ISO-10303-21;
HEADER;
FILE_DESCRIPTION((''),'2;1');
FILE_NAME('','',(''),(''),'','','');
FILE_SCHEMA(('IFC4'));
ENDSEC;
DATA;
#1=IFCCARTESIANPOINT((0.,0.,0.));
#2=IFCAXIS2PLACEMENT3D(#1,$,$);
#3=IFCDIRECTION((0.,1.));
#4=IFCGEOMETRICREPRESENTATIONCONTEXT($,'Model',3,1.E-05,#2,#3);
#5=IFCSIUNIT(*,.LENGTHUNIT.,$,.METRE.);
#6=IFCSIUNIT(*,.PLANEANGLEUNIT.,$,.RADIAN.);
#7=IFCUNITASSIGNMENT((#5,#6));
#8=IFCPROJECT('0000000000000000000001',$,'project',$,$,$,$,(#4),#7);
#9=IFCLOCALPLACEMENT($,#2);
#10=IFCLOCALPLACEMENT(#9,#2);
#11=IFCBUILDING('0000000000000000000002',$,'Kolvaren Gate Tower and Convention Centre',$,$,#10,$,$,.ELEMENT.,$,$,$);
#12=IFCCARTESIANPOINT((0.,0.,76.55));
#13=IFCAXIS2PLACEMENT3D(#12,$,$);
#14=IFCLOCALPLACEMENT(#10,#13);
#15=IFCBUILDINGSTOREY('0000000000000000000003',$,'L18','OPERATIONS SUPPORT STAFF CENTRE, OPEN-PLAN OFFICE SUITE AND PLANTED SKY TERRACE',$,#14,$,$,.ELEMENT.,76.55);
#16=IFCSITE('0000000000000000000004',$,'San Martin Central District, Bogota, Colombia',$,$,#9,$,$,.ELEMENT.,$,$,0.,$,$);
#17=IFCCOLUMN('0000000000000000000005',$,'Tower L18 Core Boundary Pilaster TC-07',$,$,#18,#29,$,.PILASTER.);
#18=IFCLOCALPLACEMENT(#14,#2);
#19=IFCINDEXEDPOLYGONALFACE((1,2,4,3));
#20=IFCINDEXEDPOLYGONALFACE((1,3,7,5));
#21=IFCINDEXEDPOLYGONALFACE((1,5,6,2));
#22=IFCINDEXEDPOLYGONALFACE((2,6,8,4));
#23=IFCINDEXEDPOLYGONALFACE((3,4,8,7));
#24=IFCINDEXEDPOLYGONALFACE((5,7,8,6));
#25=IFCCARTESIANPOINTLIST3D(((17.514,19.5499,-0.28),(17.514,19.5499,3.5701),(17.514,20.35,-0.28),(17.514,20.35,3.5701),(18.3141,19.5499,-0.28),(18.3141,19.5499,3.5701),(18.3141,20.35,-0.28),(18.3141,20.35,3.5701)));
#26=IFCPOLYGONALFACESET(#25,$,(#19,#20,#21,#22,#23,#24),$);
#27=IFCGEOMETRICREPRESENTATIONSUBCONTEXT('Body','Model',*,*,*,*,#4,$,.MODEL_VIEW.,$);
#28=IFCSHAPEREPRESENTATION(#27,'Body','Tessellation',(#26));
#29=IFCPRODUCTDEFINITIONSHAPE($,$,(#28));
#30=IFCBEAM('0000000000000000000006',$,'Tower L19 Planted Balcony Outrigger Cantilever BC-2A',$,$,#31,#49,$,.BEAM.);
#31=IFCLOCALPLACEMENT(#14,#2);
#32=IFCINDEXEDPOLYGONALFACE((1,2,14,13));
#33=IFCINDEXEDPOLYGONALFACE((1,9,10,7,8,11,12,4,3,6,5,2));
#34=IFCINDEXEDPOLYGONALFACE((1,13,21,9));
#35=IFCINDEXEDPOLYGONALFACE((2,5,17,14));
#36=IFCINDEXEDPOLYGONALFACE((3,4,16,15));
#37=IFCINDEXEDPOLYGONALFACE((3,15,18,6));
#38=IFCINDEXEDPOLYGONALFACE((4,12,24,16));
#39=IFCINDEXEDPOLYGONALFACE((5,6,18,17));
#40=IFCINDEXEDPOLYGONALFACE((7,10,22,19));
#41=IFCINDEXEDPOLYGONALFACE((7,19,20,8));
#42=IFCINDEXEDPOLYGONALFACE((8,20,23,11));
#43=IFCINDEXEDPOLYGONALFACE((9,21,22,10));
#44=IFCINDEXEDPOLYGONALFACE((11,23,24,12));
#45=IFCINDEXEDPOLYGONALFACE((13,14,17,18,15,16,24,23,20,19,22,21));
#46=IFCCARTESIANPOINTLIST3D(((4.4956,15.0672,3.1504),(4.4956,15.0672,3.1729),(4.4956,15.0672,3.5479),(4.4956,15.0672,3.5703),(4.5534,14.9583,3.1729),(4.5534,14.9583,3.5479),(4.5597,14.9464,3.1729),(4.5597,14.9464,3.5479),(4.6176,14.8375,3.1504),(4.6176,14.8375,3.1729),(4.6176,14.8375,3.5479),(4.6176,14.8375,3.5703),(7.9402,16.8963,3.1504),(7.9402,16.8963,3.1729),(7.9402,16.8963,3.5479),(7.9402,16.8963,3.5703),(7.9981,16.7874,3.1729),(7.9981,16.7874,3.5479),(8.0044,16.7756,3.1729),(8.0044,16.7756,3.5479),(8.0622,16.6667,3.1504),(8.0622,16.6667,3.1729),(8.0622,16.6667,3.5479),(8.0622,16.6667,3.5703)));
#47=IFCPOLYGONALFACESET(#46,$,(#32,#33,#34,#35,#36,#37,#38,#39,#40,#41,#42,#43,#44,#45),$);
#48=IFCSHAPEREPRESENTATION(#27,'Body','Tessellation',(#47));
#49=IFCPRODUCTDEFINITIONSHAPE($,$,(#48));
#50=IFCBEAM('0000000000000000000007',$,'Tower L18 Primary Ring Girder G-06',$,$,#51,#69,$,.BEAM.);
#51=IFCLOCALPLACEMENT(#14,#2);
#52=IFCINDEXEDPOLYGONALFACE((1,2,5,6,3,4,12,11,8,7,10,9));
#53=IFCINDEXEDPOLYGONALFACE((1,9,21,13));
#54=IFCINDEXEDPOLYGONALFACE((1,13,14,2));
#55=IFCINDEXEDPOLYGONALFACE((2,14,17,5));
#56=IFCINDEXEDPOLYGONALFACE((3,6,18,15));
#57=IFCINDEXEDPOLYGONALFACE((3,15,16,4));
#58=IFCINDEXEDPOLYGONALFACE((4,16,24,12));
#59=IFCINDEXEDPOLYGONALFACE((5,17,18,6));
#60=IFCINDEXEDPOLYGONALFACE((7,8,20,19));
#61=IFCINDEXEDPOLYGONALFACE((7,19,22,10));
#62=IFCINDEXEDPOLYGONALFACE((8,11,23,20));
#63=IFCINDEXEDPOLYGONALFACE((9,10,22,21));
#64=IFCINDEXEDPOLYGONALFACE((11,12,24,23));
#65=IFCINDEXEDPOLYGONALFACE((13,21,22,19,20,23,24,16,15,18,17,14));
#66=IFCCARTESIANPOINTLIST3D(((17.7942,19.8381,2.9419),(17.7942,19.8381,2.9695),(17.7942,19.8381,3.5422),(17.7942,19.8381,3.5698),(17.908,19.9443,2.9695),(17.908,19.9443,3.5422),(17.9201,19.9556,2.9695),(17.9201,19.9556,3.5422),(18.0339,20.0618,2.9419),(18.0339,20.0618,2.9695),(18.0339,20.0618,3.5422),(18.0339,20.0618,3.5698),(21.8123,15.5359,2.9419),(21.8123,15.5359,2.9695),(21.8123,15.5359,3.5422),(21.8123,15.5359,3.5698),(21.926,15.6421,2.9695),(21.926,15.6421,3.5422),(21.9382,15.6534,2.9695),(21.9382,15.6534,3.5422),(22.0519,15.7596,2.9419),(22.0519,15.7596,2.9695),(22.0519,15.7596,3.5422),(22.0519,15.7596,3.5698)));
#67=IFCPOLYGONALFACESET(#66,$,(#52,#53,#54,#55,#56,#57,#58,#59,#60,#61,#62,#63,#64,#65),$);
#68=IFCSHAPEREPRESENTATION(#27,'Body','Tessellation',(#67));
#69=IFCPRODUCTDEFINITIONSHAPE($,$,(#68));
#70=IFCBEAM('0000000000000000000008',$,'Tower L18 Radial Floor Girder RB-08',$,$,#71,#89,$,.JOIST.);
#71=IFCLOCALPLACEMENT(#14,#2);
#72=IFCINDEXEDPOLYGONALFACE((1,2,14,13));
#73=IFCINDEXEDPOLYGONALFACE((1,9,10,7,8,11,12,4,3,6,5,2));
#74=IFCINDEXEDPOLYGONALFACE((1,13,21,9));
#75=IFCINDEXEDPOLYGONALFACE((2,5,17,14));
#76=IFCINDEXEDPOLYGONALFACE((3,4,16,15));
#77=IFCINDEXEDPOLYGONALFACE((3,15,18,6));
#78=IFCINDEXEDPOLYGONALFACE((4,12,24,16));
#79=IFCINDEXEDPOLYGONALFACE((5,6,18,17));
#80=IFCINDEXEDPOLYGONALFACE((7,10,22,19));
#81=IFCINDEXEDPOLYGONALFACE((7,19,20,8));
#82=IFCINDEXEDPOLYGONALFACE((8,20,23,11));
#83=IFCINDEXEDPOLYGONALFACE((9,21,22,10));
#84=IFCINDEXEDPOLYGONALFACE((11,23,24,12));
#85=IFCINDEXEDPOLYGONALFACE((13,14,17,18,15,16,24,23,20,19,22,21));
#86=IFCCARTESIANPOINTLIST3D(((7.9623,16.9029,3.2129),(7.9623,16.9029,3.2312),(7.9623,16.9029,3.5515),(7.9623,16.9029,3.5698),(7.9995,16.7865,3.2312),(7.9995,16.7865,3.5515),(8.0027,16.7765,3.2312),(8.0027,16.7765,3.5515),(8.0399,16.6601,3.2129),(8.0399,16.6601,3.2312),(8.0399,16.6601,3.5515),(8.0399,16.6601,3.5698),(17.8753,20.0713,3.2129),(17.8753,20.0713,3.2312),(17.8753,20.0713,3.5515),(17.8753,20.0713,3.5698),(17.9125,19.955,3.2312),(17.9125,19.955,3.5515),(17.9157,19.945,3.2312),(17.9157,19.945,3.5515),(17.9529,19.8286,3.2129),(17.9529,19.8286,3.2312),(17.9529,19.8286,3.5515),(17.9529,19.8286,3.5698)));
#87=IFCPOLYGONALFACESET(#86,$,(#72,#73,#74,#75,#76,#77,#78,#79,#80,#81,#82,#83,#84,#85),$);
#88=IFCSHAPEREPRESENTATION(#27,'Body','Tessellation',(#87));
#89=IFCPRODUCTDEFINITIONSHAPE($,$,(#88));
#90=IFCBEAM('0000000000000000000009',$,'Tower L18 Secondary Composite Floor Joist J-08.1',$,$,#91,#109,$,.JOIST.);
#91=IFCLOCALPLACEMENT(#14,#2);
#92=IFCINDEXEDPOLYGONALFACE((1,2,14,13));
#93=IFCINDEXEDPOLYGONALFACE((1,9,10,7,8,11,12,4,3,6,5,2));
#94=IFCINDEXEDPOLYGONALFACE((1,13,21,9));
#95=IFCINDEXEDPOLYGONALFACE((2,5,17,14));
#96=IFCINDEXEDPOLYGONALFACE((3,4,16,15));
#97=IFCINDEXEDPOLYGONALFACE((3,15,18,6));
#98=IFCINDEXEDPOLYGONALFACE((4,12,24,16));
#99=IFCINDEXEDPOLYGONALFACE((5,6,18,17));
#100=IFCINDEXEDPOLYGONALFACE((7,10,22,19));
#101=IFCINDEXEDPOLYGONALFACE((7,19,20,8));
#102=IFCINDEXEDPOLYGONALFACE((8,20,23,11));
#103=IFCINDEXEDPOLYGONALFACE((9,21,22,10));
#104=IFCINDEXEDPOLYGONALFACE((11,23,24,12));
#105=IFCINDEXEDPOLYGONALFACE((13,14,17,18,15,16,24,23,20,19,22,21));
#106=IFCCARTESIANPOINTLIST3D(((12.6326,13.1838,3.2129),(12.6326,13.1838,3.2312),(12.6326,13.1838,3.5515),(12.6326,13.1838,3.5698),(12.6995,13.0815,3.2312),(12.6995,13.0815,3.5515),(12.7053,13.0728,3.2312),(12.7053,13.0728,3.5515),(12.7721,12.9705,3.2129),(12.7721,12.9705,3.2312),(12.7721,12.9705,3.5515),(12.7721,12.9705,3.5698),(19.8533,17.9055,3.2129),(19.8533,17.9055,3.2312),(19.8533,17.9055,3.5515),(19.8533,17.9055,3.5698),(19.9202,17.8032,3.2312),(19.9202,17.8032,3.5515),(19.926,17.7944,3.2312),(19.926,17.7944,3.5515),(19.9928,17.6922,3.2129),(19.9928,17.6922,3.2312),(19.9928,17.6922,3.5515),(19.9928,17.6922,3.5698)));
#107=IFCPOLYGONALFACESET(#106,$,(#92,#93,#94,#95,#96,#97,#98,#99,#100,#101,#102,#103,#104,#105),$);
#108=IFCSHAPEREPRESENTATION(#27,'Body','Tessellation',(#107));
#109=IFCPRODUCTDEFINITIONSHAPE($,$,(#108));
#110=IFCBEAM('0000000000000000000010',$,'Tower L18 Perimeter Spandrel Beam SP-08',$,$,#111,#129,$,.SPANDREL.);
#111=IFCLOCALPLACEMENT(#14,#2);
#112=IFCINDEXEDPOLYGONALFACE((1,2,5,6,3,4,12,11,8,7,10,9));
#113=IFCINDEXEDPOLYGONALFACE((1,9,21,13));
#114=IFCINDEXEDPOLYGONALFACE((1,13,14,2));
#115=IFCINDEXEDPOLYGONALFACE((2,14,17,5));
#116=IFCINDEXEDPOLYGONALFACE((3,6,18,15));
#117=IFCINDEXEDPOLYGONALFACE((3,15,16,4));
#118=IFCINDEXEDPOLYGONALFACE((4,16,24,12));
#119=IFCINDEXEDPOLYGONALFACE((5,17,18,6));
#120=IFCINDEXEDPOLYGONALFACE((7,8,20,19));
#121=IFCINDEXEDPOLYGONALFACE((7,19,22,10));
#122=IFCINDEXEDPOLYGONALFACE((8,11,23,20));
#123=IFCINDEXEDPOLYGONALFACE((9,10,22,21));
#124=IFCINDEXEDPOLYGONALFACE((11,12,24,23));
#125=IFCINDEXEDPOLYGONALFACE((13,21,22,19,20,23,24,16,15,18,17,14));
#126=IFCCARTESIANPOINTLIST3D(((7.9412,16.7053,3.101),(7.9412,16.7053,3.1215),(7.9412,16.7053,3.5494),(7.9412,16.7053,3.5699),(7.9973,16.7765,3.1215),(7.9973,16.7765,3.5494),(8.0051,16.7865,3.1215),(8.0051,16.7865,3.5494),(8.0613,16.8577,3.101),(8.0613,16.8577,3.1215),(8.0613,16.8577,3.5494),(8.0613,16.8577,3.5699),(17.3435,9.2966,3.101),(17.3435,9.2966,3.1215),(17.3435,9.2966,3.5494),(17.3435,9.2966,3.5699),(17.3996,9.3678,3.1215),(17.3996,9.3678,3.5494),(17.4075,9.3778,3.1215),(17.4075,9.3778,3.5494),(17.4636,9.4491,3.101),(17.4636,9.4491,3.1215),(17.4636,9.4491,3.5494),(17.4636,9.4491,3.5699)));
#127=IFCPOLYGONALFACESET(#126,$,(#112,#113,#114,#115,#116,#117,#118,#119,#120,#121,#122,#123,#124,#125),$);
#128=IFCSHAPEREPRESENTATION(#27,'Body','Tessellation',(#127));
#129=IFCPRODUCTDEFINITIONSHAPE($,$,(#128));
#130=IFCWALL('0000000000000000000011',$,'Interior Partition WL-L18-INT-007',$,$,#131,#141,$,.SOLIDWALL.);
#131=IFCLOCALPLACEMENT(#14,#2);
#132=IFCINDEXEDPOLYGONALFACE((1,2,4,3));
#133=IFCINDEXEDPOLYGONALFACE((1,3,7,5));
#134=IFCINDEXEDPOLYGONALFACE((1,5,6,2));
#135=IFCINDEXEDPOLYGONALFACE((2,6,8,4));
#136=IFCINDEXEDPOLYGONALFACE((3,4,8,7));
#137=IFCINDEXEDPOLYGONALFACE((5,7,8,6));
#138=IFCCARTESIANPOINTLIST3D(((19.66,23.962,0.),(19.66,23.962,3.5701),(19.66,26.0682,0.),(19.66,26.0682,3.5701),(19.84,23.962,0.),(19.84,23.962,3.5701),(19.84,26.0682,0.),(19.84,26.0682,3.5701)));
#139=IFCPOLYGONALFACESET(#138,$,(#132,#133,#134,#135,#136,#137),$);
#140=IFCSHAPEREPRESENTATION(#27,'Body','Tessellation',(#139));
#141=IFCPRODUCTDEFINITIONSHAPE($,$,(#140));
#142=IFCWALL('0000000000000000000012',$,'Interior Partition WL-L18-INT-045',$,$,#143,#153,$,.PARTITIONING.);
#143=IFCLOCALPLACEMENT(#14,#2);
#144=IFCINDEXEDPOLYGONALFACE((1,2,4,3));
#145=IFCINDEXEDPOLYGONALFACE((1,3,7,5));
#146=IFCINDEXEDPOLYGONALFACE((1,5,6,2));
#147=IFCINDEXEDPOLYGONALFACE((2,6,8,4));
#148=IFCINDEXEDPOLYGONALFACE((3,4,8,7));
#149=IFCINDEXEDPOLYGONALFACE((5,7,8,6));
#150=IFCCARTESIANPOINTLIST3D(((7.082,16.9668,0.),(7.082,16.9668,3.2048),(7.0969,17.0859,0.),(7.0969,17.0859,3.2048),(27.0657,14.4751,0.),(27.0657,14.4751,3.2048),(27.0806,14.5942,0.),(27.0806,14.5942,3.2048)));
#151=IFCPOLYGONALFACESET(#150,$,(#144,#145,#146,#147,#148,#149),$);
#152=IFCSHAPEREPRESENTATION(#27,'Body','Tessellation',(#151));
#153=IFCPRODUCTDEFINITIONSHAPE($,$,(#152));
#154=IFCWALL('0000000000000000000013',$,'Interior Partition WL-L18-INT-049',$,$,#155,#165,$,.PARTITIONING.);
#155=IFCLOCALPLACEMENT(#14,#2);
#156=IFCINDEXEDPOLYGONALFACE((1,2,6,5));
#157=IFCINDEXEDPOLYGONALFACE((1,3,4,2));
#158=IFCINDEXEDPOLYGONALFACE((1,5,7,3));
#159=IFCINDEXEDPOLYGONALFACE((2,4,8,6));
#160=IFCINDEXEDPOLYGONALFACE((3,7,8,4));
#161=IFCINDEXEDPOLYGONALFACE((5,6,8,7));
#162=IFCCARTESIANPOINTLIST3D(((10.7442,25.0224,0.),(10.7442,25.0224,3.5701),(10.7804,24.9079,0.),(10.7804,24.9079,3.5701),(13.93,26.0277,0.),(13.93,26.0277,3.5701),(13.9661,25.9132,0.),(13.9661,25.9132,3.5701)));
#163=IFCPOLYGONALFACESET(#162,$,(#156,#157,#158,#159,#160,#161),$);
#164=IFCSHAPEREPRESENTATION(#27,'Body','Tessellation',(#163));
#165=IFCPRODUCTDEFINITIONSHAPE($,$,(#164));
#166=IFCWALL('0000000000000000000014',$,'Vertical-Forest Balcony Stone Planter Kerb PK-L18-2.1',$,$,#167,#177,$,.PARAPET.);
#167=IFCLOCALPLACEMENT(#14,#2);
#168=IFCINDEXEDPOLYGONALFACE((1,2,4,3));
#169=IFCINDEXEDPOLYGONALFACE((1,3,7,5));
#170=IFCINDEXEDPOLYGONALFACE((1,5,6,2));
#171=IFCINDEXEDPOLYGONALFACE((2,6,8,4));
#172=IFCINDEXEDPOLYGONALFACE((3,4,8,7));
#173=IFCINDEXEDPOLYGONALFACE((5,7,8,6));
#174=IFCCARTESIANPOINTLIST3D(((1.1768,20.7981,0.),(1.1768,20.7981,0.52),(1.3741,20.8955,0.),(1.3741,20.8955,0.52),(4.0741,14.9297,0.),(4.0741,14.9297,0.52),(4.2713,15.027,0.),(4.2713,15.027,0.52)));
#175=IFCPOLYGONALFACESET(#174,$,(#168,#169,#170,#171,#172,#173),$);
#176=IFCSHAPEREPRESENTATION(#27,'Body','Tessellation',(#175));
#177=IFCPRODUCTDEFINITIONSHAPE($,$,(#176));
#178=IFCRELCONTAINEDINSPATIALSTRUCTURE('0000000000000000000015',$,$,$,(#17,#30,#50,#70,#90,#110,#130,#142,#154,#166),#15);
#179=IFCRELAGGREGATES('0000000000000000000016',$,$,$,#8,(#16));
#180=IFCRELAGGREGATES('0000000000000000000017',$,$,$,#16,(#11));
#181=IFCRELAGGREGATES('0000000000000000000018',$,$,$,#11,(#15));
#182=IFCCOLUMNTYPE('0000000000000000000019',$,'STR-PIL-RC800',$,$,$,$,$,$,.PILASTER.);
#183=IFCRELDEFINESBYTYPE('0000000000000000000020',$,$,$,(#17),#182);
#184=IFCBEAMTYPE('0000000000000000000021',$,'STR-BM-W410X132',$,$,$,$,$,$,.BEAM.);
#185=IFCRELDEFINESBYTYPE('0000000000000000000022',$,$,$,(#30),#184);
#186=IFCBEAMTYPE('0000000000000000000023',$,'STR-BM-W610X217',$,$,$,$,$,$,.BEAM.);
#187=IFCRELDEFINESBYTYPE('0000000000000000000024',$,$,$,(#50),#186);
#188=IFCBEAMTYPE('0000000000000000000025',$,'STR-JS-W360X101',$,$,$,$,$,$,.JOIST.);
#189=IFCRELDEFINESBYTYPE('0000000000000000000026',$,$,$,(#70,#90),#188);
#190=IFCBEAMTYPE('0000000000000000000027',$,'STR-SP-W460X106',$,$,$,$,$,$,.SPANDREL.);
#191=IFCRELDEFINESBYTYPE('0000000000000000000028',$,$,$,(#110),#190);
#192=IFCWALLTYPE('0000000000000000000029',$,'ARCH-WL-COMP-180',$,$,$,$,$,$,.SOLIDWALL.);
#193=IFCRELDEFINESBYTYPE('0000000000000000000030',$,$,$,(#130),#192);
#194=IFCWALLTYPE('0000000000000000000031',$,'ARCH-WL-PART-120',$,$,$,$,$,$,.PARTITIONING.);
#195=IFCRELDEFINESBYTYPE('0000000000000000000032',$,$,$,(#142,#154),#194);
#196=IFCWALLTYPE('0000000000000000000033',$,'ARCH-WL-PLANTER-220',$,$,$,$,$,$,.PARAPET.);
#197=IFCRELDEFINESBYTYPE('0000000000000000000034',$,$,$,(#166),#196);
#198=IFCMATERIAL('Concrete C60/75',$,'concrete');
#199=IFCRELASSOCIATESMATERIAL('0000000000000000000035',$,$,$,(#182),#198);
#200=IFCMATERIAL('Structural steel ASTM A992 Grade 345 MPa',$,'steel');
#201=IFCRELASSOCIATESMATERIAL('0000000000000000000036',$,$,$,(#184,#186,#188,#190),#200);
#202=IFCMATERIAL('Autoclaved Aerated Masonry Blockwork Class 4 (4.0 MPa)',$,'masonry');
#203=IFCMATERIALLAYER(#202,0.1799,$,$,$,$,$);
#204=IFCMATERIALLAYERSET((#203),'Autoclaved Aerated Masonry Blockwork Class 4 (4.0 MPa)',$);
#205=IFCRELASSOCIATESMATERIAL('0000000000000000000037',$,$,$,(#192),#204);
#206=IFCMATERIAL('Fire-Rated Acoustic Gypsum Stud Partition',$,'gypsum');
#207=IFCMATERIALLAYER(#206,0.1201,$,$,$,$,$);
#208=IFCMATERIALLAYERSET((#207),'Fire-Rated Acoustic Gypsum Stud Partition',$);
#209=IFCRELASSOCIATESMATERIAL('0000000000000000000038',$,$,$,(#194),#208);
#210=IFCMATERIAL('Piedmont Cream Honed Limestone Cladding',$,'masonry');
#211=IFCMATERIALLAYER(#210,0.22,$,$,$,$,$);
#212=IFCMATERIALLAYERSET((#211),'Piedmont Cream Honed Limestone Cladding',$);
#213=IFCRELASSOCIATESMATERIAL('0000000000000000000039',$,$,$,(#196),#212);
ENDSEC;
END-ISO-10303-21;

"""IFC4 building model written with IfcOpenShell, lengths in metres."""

from ifc_helpers import new_model, si_unit, direction, frame, frame_2d, origin, origin_2d, place, context, subcontext, project, spatial, rectangle, i_section, extrude, material, layer, layer_set, material_profile, profile_set, type_object, element, save


model = new_model("IFC4")

# Units and contexts
model_context = context("Model", 3, precision=1e-05, world=origin(), true_north=direction((0.0, 1.0)))
body_context = subcontext(model_context, "Body", "Model", "MODEL_VIEW")
ifc_project = project(units=[si_unit("LENGTHUNIT", "METRE"), si_unit("PLANEANGLEUNIT", "RADIAN")], contexts=[model_context])

# Site, building, storey
site_placement = place(None, origin())
site = spatial("IfcSite", under=ifc_project, at=site_placement, Name="San Martin Central District, Bogota, Colombia", CompositionType="ELEMENT", RefElevation=0.0)
building_placement = place(site_placement, origin())
building = spatial("IfcBuilding", under=site, at=building_placement, Name="Kolvaren Gate Tower and Convention Centre", CompositionType="ELEMENT")
storey_placement = place(building_placement, frame((0.0, 0.0, 76.55)))
storey = spatial("IfcBuildingStorey", under=building, at=storey_placement, Name="L18", Description="OPERATIONS SUPPORT STAFF CENTRE, OPEN-PLAN OFFICE SUITE AND PLANTED SKY TERRACE", CompositionType="ELEMENT", Elevation=76.55)

# Column
ifc_material_1 = material(Name="Concrete C60/75", Category="concrete")
ifc_material_profile_1 = material_profile(ifc_material_1, rectangle(XDim=0.8, YDim=0.8, at=origin_2d()), Name="RC-COL-800X800")
ifc_profile_set_1 = profile_set([ifc_material_profile_1], Name="Concrete C60/75")
column_type = type_object("IfcColumnType", Name="STR-PIL-RC800", PredefinedType="PILASTER", material=ifc_profile_set_1)
column_placement = place(storey_placement, frame((17.9141, 19.95, -0.28), z_axis=(0.0, 0.0, 1.0), x_axis=(1.0, 0.0, 0.0)))
element("IfcColumn", 1, at=column_placement, inside=storey, type_object=column_type, Name="Tower L18 Core Boundary Pilaster TC-07", PredefinedType="PILASTER", context=body_context, shape_type="SweptSolid", body=[
    extrude(rectangle(XDim=0.8, YDim=0.8, at=origin_2d()), origin(), (0.0, 0.0, 1.0), 3.8501),
])

# Beams
ifc_material_2 = material(Name="Structural steel ASTM A992 Grade 345 MPa", Category="steel")
ifc_material_profile_2 = material_profile(ifc_material_2, i_section(OverallWidth=0.26, OverallDepth=0.4199, WebThickness=0.0134, FlangeThickness=0.0225, at=origin_2d()), Name="W410X132")
ifc_profile_set_2 = profile_set([ifc_material_profile_2], Name="Structural steel ASTM A992 Grade 345 MPa")
beam_type_1 = type_object("IfcBeamType", Name="STR-BM-W410X132", PredefinedType="BEAM", material=ifc_profile_set_2)
beam_1_placement = place(storey_placement, frame((8.0012, 16.7815, 3.3604), z_axis=(-0.883204, -0.468989, 0.0), x_axis=(0.468989, -0.883204, 0.0)))
element("IfcBeam", 2, at=beam_1_placement, inside=storey, type_object=beam_type_1, Name="Tower L19 Planted Balcony Outrigger Cantilever BC-2A", PredefinedType="BEAM", context=body_context, shape_type="SweptSolid", body=[
    extrude(i_section(OverallWidth=0.26, OverallDepth=0.4199, WebThickness=0.0134, FlangeThickness=0.0225, at=origin_2d()), origin(), (0.0, 0.0, 1.0), 3.9001),
])
ifc_material_profile_3 = material_profile(ifc_material_2, i_section(OverallWidth=0.3279, OverallDepth=0.6279, WebThickness=0.0166, FlangeThickness=0.0276, at=origin_2d()), Name="W610X217")
ifc_profile_set_3 = profile_set([ifc_material_profile_3], Name="Structural steel ASTM A992 Grade 345 MPa")
beam_type_2 = type_object("IfcBeamType", Name="STR-BM-W610X217", PredefinedType="BEAM", material=ifc_profile_set_3)
beam_2_placement = place(storey_placement, frame((17.9141, 19.95, 3.2559), z_axis=(0.682558, -0.730832, 0.0), x_axis=(0.730832, 0.682558, 0.0)))
element("IfcBeam", 3, at=beam_2_placement, inside=storey, type_object=beam_type_2, Name="Tower L18 Primary Ring Girder G-06", PredefinedType="BEAM", context=body_context, shape_type="SweptSolid", body=[
    extrude(i_section(OverallWidth=0.3279, OverallDepth=0.6279, WebThickness=0.0166, FlangeThickness=0.0276, at=origin_2d()), origin(), (0.0, 0.0, 1.0), 5.8867),
])
ifc_material_profile_4 = material_profile(ifc_material_2, i_section(OverallWidth=0.2549, OverallDepth=0.3569, WebThickness=0.0105, FlangeThickness=0.0183, at=origin_2d()), Name="W360X101")
ifc_profile_set_4 = profile_set([ifc_material_profile_4], Name="Structural steel ASTM A992 Grade 345 MPa")
beam_type_3 = type_object("IfcBeamType", Name="STR-JS-W360X101", PredefinedType="JOIST", material=ifc_profile_set_4)
beam_3_placement = place(storey_placement, frame((17.9141, 19.95, 3.3914), z_axis=(-0.952526, -0.304457, 0.0), x_axis=(0.304457, -0.952526, 0.0)))
element("IfcBeam", 4, at=beam_3_placement, inside=storey, type_object=beam_type_3, Name="Tower L18 Radial Floor Girder RB-08", PredefinedType="JOIST", context=body_context, shape_type="SweptSolid", body=[
    extrude(i_section(OverallWidth=0.2549, OverallDepth=0.3569, WebThickness=0.0105, FlangeThickness=0.0183, at=origin_2d()), origin(), (0.0, 0.0, 1.0), 10.407),
])
beam_4_placement = place(storey_placement, frame((19.9231, 17.7988, 3.3914), z_axis=(-0.836946, -0.547286, 0.0), x_axis=(0.547286, -0.836946, 0.0)))
element("IfcBeam", 5, at=beam_4_placement, inside=storey, type_object=beam_type_3, Name="Tower L18 Secondary Composite Floor Joist J-08.1", PredefinedType="JOIST", context=body_context, shape_type="SweptSolid", body=[
    extrude(i_section(OverallWidth=0.2549, OverallDepth=0.3569, WebThickness=0.0105, FlangeThickness=0.0183, at=origin_2d()), origin(), (0.0, 0.0, 1.0), 8.6274),
])
ifc_material_profile_5 = material_profile(ifc_material_2, i_section(OverallWidth=0.1941, OverallDepth=0.469, WebThickness=0.0127, FlangeThickness=0.0205, at=origin_2d()), Name="W460X106")
ifc_profile_set_5 = profile_set([ifc_material_profile_5], Name="Structural steel ASTM A992 Grade 345 MPa")
beam_type_4 = type_object("IfcBeamType", Name="STR-SP-W460X106", PredefinedType="SPANDREL", material=ifc_profile_set_5)
beam_5_placement = place(storey_placement, frame((8.0012, 16.7815, 3.3354), z_axis=(0.78546, -0.618913, 0.0), x_axis=(0.618913, 0.78546, 0.0)))
element("IfcBeam", 6, at=beam_5_placement, inside=storey, type_object=beam_type_4, Name="Tower L18 Perimeter Spandrel Beam SP-08", PredefinedType="SPANDREL", context=body_context, shape_type="SweptSolid", body=[
    extrude(i_section(OverallWidth=0.1941, OverallDepth=0.469, WebThickness=0.0127, FlangeThickness=0.0205, at=origin_2d()), origin(), (0.0, 0.0, 1.0), 11.9705),
])

# Walls
ifc_material_3 = material(Name="Autoclaved Aerated Masonry Blockwork Class 4 (4.0 MPa)", Category="masonry")
ifc_layer_1 = layer(ifc_material_3, 0.1799)
ifc_layer_set_1 = layer_set([ifc_layer_1], Name="Autoclaved Aerated Masonry Blockwork Class 4 (4.0 MPa)")
wall_type_1 = type_object("IfcWallType", Name="ARCH-WL-COMP-180", PredefinedType="SOLIDWALL", material=ifc_layer_set_1)
wall_1_placement = place(storey_placement, frame((19.75, 23.9619, 0.0), z_axis=(0.0, 0.0, 1.0), x_axis=(0.0, 1.0, 0.0)))
element("IfcWall", 7, at=wall_1_placement, inside=storey, type_object=wall_type_1, Name="Interior Partition WL-L18-INT-007", PredefinedType="SOLIDWALL", context=body_context, shape_type="SweptSolid", body=[
    extrude(rectangle(XDim=2.1062, YDim=0.1799, at=frame_2d((1.0532, 0.0))), origin(), (0.0, 0.0, 1.0), 3.5701),
])
ifc_material_4 = material(Name="Fire-Rated Acoustic Gypsum Stud Partition", Category="gypsum")
ifc_layer_2 = layer(ifc_material_4, 0.1201)
ifc_layer_set_2 = layer_set([ifc_layer_2], Name="Fire-Rated Acoustic Gypsum Stud Partition")
wall_type_2 = type_object("IfcWallType", Name="ARCH-WL-PART-120", PredefinedType="PARTITIONING", material=ifc_layer_set_2)
wall_2_placement = place(storey_placement, frame((7.0894, 17.0264, 0.0), z_axis=(0.0, 0.0, 1.0), x_axis=(0.992316, -0.123729, 0.0)))
element("IfcWall", 8, at=wall_2_placement, inside=storey, type_object=wall_type_2, Name="Interior Partition WL-L18-INT-045", PredefinedType="PARTITIONING", context=body_context, shape_type="SweptSolid", body=[
    extrude(rectangle(XDim=20.1384, YDim=0.1201, at=frame_2d((10.0693, 0.0))), origin(), (0.0, 0.0, 1.0), 3.2048),
])
wall_3_placement = place(storey_placement, frame((10.7622, 24.9651, 0.0), z_axis=(0.0, 0.0, 1.0), x_axis=(0.95364, 0.300949, 0.0)))
element("IfcWall", 9, at=wall_3_placement, inside=storey, type_object=wall_type_2, Name="Interior Partition WL-L18-INT-049", PredefinedType="PARTITIONING", context=body_context, shape_type="SweptSolid", body=[
    extrude(rectangle(XDim=3.3406, YDim=0.1201, at=frame_2d((1.6704, 0.0))), origin(), (0.0, 0.0, 1.0), 3.5701),
])
ifc_material_5 = material(Name="Piedmont Cream Honed Limestone Cladding", Category="masonry")
ifc_layer_3 = layer(ifc_material_5, 0.22)
ifc_layer_set_3 = layer_set([ifc_layer_3], Name="Piedmont Cream Honed Limestone Cladding")
wall_type_3 = type_object("IfcWallType", Name="ARCH-WL-PLANTER-220", PredefinedType="PARAPET", material=ifc_layer_set_3)
wall_4_placement = place(storey_placement, frame((1.2754, 20.8469, 0.0), z_axis=(0.0, 0.0, 1.0), x_axis=(0.442687, -0.896676, 0.0)))
element("IfcWall", 10, at=wall_4_placement, inside=storey, type_object=wall_type_3, Name="Vertical-Forest Balcony Stone Planter Kerb PK-L18-2.1", PredefinedType="PARAPET", context=body_context, shape_type="SweptSolid", body=[
    extrude(rectangle(XDim=6.5447, YDim=0.22, at=frame_2d((3.2725, 0.0))), origin(), (0.0, 0.0, 1.0), 0.52),
])

save(model, "model.ifc")
